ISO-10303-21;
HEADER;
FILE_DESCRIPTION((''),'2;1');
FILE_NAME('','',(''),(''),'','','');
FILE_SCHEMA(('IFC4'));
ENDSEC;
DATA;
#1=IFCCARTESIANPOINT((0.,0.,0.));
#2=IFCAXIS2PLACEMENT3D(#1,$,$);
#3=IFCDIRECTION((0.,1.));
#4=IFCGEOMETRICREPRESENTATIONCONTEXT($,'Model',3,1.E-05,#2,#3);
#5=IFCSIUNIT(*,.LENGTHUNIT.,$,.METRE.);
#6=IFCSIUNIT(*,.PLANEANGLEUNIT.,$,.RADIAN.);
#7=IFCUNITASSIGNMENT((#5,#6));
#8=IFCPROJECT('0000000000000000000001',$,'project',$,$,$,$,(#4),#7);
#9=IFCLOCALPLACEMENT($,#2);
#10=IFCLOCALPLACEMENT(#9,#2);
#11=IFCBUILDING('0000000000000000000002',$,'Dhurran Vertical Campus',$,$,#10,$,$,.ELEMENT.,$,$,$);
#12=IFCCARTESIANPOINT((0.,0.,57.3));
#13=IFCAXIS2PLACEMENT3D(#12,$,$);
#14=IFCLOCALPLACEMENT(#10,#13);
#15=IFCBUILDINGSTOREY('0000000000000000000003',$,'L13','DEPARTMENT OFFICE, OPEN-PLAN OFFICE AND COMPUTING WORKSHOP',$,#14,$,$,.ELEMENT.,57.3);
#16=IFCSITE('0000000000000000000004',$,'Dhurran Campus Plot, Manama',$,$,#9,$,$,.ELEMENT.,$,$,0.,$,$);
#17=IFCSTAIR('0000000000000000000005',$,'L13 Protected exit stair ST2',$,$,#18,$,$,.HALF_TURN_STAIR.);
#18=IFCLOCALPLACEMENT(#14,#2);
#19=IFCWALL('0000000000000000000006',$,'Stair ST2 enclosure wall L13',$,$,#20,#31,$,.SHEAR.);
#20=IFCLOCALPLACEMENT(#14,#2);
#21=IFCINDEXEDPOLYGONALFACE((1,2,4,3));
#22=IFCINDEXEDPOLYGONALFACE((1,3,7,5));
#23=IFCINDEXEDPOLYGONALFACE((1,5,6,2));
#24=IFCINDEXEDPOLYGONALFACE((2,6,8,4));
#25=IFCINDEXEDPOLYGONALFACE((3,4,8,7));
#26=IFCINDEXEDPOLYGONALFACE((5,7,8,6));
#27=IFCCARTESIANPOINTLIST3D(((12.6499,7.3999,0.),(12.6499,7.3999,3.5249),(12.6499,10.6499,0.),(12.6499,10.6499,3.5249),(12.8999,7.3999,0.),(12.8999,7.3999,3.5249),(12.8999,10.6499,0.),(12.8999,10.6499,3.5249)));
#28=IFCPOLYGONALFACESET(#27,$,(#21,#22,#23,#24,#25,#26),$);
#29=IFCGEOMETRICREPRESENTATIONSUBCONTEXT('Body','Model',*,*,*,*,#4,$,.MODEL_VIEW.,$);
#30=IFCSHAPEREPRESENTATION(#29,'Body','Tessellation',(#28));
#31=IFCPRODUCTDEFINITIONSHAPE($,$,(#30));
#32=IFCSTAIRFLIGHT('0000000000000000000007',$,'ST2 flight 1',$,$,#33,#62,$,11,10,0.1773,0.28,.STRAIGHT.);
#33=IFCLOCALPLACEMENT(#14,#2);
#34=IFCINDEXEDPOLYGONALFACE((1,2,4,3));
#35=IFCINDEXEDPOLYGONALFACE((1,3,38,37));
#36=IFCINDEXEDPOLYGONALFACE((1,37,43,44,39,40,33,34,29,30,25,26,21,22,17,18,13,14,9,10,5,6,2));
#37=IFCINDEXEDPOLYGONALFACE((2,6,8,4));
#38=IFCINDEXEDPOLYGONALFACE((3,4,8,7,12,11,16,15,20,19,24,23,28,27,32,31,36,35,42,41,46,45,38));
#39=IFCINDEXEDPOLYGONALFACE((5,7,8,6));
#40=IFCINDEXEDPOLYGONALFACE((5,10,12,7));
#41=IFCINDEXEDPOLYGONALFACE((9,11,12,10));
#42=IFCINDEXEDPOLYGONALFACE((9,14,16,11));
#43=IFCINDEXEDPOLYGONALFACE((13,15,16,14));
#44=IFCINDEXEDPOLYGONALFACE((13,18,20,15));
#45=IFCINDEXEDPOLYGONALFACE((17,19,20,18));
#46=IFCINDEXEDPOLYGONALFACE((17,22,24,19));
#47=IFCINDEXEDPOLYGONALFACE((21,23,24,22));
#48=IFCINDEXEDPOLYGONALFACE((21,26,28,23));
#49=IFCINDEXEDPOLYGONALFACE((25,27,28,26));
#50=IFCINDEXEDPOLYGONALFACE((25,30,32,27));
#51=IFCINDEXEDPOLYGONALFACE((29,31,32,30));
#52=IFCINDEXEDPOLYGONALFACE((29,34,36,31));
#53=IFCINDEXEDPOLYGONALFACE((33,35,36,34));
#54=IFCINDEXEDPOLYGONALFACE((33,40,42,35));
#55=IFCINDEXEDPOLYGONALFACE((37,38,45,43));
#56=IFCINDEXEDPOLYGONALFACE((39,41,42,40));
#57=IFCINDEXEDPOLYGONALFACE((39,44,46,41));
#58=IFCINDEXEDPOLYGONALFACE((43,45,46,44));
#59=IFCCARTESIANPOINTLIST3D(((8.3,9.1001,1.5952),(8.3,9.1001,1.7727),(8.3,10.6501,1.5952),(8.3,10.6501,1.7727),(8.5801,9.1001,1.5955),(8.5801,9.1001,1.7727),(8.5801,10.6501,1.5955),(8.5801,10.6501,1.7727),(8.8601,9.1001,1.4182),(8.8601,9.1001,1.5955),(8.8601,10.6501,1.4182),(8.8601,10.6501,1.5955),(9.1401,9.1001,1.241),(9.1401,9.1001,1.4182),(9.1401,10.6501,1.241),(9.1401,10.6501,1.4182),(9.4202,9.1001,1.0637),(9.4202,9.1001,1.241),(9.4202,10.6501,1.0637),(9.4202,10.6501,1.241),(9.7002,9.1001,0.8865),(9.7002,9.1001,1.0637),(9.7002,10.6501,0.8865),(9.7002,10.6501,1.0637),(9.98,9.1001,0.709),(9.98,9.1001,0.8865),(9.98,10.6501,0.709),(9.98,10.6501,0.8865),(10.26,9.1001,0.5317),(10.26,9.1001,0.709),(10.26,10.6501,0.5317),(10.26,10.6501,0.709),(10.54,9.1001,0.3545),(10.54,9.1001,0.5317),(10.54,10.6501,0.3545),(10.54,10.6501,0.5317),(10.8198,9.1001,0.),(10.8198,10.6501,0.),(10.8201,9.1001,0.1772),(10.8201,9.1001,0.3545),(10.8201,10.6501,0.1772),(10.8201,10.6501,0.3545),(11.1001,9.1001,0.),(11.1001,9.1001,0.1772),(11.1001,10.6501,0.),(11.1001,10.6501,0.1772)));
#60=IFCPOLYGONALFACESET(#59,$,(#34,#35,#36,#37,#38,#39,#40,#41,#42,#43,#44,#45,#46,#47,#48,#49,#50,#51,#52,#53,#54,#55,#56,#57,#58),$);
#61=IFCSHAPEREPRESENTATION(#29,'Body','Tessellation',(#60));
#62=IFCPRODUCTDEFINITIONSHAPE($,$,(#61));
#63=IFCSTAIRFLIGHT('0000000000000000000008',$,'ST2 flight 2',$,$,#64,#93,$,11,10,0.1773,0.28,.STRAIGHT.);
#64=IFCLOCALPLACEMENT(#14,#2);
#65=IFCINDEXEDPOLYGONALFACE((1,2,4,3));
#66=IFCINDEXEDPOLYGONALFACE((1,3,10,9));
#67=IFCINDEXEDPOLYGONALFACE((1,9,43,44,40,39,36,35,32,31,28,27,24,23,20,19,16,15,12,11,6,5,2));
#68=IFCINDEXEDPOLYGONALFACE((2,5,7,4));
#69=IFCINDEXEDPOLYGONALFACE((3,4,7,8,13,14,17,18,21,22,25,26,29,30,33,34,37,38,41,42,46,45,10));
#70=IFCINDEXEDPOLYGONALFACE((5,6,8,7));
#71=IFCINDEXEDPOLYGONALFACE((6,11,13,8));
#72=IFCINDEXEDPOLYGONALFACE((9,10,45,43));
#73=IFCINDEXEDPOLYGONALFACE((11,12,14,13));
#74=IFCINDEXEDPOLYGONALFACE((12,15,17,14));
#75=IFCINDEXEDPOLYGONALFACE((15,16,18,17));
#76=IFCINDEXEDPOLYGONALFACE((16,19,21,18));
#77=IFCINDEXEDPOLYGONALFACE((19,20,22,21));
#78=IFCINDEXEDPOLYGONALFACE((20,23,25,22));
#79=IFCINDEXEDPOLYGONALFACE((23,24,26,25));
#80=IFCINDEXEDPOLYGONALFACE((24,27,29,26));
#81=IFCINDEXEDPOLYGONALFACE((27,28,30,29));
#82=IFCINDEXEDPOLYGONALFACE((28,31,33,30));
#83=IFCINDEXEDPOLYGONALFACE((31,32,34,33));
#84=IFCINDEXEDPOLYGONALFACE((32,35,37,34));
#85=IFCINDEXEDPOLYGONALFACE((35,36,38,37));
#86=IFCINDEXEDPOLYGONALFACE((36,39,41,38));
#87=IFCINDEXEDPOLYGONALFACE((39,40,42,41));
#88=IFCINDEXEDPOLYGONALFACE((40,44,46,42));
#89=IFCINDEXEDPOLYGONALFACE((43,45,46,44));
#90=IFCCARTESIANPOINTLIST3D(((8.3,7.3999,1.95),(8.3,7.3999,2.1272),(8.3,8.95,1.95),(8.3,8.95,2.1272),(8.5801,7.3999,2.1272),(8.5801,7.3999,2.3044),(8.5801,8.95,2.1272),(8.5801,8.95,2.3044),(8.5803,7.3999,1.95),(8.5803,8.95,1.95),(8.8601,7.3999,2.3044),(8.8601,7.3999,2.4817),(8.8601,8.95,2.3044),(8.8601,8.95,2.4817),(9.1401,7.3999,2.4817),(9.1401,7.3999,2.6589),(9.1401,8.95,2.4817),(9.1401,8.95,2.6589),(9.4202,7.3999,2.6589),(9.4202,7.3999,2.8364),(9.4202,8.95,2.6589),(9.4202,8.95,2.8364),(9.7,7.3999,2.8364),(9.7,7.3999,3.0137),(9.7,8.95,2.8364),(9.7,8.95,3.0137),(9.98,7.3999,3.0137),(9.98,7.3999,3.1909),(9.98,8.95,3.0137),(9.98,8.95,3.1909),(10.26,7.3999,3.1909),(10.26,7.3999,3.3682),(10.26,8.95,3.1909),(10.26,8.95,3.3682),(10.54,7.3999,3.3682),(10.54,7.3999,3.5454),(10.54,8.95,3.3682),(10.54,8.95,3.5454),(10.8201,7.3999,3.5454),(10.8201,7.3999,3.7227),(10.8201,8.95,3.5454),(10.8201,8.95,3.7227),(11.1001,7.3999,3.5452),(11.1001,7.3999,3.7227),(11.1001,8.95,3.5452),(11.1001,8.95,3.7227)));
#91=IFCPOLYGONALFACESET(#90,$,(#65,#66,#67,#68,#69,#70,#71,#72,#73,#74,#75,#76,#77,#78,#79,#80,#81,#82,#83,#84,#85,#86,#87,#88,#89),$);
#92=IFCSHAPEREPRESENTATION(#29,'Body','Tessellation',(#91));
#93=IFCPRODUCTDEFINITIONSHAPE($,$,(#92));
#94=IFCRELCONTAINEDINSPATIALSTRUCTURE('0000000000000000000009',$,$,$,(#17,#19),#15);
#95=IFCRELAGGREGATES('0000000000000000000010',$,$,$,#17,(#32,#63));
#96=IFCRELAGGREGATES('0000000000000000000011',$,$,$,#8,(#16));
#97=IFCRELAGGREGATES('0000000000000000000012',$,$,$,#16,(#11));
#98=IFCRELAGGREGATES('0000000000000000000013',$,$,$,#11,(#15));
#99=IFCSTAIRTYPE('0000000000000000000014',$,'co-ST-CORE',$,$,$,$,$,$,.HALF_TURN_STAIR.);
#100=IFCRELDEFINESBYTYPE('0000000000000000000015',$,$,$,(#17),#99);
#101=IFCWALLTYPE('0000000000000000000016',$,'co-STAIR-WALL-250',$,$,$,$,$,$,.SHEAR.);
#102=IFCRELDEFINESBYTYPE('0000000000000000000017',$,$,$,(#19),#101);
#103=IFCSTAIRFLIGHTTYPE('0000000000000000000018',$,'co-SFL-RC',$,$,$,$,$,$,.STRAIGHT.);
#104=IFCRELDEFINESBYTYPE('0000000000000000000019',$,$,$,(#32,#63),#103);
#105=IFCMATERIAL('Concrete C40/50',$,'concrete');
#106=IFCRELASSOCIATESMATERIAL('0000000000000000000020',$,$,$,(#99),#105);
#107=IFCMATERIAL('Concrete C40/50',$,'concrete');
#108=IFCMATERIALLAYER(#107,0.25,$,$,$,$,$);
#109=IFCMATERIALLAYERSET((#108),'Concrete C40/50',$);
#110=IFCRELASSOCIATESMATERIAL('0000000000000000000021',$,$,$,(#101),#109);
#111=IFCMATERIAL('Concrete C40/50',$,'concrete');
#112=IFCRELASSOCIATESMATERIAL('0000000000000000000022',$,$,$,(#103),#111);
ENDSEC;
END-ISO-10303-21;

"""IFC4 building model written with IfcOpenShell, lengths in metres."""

from ifc_helpers import new_model, si_unit, direction, frame, frame_2d, origin, place, context, subcontext, project, spatial, polyline, rectangle, outline, extrude, material, layer, layer_set, type_object, element, aggregate, save


model = new_model("IFC4")

# Units and contexts
model_context = context("Model", 3, precision=1e-05, world=origin(), true_north=direction((0.0, 1.0)))
body_context = subcontext(model_context, "Body", "Model", "MODEL_VIEW")
ifc_project = project(units=[si_unit("LENGTHUNIT", "METRE"), si_unit("PLANEANGLEUNIT", "RADIAN")], contexts=[model_context])

# Site, building, storey
site_placement = place(None, origin())
site = spatial("IfcSite", under=ifc_project, at=site_placement, Name="Dhurran Campus Plot, Manama", CompositionType="ELEMENT", RefElevation=0.0)
building_placement = place(site_placement, origin())
building = spatial("IfcBuilding", under=site, at=building_placement, Name="Dhurran Vertical Campus", CompositionType="ELEMENT")
storey_placement = place(building_placement, frame((0.0, 0.0, 57.3)))
storey = spatial("IfcBuildingStorey", under=building, at=storey_placement, Name="L13", Description="DEPARTMENT OFFICE, OPEN-PLAN OFFICE AND COMPUTING WORKSHOP", CompositionType="ELEMENT", Elevation=57.3)

# Stair
ifc_material_1 = material(Name="Concrete C40/50", Category="concrete")
stair_type = type_object("IfcStairType", Name="co-ST-CORE", PredefinedType="HALF_TURN_STAIR", material=ifc_material_1)
stair_1_placement = place(storey_placement, origin())
stair_1 = element("IfcStair", 1, at=stair_1_placement, inside=storey, type_object=stair_type, Name="L13 Protected exit stair ST2", PredefinedType="HALF_TURN_STAIR")

# Shared definitions
ifc_material_2 = material(Name="Concrete C40/50", Category="concrete")
ifc_layer_1 = layer(ifc_material_2, 0.25)
ifc_layer_set_1 = layer_set([ifc_layer_1], Name="Concrete C40/50")
wall_type_1 = type_object("IfcWallType", Name="co-STAIR-WALL-250", PredefinedType="SHEAR", material=ifc_layer_set_1)

# Wall
for number, where, z_axis, x_axis, name in (
    (2, (12.7749, 7.3999, 0.0), (0.0, 0.0, 1.0), (0.0, 1.0, 0.0), "Stair ST2 enclosure wall L13"),
):
    element("IfcWall", number, at=place(storey_placement, frame(where, z_axis=z_axis, x_axis=x_axis)), inside=storey, type_object=wall_type_1, Name=name, PredefinedType="SHEAR", context=body_context, shape_type="SweptSolid", body=[
        extrude(rectangle(XDim=3.25, YDim=0.25, at=frame_2d((1.625, 0.0))), origin(), (0.0, 0.0, 1.0), 3.5249),
    ])

# Stair flights
ifc_material_3 = material(Name="Concrete C40/50", Category="concrete")
stair_flight_type = type_object("IfcStairFlightType", Name="co-SFL-RC", PredefinedType="STRAIGHT", material=ifc_material_3)
stair_flight_1_placement = place(storey_placement, frame((11.1001, 9.875, 0.0), z_axis=(0.0, 0.0, 1.0), x_axis=(-1.0, 0.0, 0.0)))
stair_flight_1 = element("IfcStairFlight", 3, at=stair_flight_1_placement, type_object=stair_flight_type, Name="ST2 flight 1", NumberOfRisers=11, NumberOfTreads=10, PredefinedType="STRAIGHT", RiserHeight=0.1773, TreadLength=0.28, context=body_context, shape_type="SweptSolid", body=[
    extrude(outline(polyline([(0.0, 0.0), (0.0, 0.1772), (0.28, 0.1772), (0.28, 0.3545), (0.5601, 0.3545), (0.5601, 0.5317), (0.8401, 0.5317), (0.8401, 0.709), (1.1201, 0.709), (1.1201, 0.8865), (1.3999, 0.8865), (1.3999, 1.0637), (1.6799, 1.0637), (1.6799, 1.241), (1.96, 1.241), (1.96, 1.4182), (2.24, 1.4182), (2.24, 1.5955), (2.52, 1.5955), (2.52, 1.7727), (2.8, 1.7727), (2.8, 1.95), (2.8, 1.5952), (0.2803, 0.0), (0.0, 0.0)])), frame((0.0, 0.7749, 0.0), z_axis=(0.0, -1.0, 0.0), x_axis=(1.0, 0.0, 0.0)), (0.0, 0.0, 1.0), 1.55),
])
stair_flight_2_placement = place(storey_placement, frame((8.3, 8.175, 1.95), z_axis=(0.0, 0.0, 1.0), x_axis=(1.0, 0.0, 0.0)))
stair_flight_2 = element("IfcStairFlight", 4, at=stair_flight_2_placement, type_object=stair_flight_type, Name="ST2 flight 2", NumberOfRisers=11, NumberOfTreads=10, PredefinedType="STRAIGHT", RiserHeight=0.1773, TreadLength=0.28, context=body_context, shape_type="SweptSolid", body=[
    extrude(outline(polyline([(0.0, 0.0), (0.0, 0.1772), (0.28, 0.1772), (0.28, 0.3545), (0.5601, 0.3545), (0.5601, 0.5317), (0.8401, 0.5317), (0.8401, 0.709), (1.1201, 0.709), (1.1201, 0.8865), (1.3999, 0.8865), (1.3999, 1.0637), (1.6799, 1.0637), (1.6799, 1.241), (1.96, 1.241), (1.96, 1.4182), (2.24, 1.4182), (2.24, 1.5955), (2.52, 1.5955), (2.52, 1.7727), (2.8, 1.7727), (2.8, 1.95), (2.8, 1.5952), (0.2803, 0.0), (0.0, 0.0)])), frame((0.0, 0.7749, 0.0), z_axis=(0.0, -1.0, 0.0), x_axis=(1.0, 0.0, 0.0)), (0.0, 0.0, 1.0), 1.55),
])
aggregate(stair_1, [stair_flight_1, stair_flight_2])

save(model, "model.ifc")
